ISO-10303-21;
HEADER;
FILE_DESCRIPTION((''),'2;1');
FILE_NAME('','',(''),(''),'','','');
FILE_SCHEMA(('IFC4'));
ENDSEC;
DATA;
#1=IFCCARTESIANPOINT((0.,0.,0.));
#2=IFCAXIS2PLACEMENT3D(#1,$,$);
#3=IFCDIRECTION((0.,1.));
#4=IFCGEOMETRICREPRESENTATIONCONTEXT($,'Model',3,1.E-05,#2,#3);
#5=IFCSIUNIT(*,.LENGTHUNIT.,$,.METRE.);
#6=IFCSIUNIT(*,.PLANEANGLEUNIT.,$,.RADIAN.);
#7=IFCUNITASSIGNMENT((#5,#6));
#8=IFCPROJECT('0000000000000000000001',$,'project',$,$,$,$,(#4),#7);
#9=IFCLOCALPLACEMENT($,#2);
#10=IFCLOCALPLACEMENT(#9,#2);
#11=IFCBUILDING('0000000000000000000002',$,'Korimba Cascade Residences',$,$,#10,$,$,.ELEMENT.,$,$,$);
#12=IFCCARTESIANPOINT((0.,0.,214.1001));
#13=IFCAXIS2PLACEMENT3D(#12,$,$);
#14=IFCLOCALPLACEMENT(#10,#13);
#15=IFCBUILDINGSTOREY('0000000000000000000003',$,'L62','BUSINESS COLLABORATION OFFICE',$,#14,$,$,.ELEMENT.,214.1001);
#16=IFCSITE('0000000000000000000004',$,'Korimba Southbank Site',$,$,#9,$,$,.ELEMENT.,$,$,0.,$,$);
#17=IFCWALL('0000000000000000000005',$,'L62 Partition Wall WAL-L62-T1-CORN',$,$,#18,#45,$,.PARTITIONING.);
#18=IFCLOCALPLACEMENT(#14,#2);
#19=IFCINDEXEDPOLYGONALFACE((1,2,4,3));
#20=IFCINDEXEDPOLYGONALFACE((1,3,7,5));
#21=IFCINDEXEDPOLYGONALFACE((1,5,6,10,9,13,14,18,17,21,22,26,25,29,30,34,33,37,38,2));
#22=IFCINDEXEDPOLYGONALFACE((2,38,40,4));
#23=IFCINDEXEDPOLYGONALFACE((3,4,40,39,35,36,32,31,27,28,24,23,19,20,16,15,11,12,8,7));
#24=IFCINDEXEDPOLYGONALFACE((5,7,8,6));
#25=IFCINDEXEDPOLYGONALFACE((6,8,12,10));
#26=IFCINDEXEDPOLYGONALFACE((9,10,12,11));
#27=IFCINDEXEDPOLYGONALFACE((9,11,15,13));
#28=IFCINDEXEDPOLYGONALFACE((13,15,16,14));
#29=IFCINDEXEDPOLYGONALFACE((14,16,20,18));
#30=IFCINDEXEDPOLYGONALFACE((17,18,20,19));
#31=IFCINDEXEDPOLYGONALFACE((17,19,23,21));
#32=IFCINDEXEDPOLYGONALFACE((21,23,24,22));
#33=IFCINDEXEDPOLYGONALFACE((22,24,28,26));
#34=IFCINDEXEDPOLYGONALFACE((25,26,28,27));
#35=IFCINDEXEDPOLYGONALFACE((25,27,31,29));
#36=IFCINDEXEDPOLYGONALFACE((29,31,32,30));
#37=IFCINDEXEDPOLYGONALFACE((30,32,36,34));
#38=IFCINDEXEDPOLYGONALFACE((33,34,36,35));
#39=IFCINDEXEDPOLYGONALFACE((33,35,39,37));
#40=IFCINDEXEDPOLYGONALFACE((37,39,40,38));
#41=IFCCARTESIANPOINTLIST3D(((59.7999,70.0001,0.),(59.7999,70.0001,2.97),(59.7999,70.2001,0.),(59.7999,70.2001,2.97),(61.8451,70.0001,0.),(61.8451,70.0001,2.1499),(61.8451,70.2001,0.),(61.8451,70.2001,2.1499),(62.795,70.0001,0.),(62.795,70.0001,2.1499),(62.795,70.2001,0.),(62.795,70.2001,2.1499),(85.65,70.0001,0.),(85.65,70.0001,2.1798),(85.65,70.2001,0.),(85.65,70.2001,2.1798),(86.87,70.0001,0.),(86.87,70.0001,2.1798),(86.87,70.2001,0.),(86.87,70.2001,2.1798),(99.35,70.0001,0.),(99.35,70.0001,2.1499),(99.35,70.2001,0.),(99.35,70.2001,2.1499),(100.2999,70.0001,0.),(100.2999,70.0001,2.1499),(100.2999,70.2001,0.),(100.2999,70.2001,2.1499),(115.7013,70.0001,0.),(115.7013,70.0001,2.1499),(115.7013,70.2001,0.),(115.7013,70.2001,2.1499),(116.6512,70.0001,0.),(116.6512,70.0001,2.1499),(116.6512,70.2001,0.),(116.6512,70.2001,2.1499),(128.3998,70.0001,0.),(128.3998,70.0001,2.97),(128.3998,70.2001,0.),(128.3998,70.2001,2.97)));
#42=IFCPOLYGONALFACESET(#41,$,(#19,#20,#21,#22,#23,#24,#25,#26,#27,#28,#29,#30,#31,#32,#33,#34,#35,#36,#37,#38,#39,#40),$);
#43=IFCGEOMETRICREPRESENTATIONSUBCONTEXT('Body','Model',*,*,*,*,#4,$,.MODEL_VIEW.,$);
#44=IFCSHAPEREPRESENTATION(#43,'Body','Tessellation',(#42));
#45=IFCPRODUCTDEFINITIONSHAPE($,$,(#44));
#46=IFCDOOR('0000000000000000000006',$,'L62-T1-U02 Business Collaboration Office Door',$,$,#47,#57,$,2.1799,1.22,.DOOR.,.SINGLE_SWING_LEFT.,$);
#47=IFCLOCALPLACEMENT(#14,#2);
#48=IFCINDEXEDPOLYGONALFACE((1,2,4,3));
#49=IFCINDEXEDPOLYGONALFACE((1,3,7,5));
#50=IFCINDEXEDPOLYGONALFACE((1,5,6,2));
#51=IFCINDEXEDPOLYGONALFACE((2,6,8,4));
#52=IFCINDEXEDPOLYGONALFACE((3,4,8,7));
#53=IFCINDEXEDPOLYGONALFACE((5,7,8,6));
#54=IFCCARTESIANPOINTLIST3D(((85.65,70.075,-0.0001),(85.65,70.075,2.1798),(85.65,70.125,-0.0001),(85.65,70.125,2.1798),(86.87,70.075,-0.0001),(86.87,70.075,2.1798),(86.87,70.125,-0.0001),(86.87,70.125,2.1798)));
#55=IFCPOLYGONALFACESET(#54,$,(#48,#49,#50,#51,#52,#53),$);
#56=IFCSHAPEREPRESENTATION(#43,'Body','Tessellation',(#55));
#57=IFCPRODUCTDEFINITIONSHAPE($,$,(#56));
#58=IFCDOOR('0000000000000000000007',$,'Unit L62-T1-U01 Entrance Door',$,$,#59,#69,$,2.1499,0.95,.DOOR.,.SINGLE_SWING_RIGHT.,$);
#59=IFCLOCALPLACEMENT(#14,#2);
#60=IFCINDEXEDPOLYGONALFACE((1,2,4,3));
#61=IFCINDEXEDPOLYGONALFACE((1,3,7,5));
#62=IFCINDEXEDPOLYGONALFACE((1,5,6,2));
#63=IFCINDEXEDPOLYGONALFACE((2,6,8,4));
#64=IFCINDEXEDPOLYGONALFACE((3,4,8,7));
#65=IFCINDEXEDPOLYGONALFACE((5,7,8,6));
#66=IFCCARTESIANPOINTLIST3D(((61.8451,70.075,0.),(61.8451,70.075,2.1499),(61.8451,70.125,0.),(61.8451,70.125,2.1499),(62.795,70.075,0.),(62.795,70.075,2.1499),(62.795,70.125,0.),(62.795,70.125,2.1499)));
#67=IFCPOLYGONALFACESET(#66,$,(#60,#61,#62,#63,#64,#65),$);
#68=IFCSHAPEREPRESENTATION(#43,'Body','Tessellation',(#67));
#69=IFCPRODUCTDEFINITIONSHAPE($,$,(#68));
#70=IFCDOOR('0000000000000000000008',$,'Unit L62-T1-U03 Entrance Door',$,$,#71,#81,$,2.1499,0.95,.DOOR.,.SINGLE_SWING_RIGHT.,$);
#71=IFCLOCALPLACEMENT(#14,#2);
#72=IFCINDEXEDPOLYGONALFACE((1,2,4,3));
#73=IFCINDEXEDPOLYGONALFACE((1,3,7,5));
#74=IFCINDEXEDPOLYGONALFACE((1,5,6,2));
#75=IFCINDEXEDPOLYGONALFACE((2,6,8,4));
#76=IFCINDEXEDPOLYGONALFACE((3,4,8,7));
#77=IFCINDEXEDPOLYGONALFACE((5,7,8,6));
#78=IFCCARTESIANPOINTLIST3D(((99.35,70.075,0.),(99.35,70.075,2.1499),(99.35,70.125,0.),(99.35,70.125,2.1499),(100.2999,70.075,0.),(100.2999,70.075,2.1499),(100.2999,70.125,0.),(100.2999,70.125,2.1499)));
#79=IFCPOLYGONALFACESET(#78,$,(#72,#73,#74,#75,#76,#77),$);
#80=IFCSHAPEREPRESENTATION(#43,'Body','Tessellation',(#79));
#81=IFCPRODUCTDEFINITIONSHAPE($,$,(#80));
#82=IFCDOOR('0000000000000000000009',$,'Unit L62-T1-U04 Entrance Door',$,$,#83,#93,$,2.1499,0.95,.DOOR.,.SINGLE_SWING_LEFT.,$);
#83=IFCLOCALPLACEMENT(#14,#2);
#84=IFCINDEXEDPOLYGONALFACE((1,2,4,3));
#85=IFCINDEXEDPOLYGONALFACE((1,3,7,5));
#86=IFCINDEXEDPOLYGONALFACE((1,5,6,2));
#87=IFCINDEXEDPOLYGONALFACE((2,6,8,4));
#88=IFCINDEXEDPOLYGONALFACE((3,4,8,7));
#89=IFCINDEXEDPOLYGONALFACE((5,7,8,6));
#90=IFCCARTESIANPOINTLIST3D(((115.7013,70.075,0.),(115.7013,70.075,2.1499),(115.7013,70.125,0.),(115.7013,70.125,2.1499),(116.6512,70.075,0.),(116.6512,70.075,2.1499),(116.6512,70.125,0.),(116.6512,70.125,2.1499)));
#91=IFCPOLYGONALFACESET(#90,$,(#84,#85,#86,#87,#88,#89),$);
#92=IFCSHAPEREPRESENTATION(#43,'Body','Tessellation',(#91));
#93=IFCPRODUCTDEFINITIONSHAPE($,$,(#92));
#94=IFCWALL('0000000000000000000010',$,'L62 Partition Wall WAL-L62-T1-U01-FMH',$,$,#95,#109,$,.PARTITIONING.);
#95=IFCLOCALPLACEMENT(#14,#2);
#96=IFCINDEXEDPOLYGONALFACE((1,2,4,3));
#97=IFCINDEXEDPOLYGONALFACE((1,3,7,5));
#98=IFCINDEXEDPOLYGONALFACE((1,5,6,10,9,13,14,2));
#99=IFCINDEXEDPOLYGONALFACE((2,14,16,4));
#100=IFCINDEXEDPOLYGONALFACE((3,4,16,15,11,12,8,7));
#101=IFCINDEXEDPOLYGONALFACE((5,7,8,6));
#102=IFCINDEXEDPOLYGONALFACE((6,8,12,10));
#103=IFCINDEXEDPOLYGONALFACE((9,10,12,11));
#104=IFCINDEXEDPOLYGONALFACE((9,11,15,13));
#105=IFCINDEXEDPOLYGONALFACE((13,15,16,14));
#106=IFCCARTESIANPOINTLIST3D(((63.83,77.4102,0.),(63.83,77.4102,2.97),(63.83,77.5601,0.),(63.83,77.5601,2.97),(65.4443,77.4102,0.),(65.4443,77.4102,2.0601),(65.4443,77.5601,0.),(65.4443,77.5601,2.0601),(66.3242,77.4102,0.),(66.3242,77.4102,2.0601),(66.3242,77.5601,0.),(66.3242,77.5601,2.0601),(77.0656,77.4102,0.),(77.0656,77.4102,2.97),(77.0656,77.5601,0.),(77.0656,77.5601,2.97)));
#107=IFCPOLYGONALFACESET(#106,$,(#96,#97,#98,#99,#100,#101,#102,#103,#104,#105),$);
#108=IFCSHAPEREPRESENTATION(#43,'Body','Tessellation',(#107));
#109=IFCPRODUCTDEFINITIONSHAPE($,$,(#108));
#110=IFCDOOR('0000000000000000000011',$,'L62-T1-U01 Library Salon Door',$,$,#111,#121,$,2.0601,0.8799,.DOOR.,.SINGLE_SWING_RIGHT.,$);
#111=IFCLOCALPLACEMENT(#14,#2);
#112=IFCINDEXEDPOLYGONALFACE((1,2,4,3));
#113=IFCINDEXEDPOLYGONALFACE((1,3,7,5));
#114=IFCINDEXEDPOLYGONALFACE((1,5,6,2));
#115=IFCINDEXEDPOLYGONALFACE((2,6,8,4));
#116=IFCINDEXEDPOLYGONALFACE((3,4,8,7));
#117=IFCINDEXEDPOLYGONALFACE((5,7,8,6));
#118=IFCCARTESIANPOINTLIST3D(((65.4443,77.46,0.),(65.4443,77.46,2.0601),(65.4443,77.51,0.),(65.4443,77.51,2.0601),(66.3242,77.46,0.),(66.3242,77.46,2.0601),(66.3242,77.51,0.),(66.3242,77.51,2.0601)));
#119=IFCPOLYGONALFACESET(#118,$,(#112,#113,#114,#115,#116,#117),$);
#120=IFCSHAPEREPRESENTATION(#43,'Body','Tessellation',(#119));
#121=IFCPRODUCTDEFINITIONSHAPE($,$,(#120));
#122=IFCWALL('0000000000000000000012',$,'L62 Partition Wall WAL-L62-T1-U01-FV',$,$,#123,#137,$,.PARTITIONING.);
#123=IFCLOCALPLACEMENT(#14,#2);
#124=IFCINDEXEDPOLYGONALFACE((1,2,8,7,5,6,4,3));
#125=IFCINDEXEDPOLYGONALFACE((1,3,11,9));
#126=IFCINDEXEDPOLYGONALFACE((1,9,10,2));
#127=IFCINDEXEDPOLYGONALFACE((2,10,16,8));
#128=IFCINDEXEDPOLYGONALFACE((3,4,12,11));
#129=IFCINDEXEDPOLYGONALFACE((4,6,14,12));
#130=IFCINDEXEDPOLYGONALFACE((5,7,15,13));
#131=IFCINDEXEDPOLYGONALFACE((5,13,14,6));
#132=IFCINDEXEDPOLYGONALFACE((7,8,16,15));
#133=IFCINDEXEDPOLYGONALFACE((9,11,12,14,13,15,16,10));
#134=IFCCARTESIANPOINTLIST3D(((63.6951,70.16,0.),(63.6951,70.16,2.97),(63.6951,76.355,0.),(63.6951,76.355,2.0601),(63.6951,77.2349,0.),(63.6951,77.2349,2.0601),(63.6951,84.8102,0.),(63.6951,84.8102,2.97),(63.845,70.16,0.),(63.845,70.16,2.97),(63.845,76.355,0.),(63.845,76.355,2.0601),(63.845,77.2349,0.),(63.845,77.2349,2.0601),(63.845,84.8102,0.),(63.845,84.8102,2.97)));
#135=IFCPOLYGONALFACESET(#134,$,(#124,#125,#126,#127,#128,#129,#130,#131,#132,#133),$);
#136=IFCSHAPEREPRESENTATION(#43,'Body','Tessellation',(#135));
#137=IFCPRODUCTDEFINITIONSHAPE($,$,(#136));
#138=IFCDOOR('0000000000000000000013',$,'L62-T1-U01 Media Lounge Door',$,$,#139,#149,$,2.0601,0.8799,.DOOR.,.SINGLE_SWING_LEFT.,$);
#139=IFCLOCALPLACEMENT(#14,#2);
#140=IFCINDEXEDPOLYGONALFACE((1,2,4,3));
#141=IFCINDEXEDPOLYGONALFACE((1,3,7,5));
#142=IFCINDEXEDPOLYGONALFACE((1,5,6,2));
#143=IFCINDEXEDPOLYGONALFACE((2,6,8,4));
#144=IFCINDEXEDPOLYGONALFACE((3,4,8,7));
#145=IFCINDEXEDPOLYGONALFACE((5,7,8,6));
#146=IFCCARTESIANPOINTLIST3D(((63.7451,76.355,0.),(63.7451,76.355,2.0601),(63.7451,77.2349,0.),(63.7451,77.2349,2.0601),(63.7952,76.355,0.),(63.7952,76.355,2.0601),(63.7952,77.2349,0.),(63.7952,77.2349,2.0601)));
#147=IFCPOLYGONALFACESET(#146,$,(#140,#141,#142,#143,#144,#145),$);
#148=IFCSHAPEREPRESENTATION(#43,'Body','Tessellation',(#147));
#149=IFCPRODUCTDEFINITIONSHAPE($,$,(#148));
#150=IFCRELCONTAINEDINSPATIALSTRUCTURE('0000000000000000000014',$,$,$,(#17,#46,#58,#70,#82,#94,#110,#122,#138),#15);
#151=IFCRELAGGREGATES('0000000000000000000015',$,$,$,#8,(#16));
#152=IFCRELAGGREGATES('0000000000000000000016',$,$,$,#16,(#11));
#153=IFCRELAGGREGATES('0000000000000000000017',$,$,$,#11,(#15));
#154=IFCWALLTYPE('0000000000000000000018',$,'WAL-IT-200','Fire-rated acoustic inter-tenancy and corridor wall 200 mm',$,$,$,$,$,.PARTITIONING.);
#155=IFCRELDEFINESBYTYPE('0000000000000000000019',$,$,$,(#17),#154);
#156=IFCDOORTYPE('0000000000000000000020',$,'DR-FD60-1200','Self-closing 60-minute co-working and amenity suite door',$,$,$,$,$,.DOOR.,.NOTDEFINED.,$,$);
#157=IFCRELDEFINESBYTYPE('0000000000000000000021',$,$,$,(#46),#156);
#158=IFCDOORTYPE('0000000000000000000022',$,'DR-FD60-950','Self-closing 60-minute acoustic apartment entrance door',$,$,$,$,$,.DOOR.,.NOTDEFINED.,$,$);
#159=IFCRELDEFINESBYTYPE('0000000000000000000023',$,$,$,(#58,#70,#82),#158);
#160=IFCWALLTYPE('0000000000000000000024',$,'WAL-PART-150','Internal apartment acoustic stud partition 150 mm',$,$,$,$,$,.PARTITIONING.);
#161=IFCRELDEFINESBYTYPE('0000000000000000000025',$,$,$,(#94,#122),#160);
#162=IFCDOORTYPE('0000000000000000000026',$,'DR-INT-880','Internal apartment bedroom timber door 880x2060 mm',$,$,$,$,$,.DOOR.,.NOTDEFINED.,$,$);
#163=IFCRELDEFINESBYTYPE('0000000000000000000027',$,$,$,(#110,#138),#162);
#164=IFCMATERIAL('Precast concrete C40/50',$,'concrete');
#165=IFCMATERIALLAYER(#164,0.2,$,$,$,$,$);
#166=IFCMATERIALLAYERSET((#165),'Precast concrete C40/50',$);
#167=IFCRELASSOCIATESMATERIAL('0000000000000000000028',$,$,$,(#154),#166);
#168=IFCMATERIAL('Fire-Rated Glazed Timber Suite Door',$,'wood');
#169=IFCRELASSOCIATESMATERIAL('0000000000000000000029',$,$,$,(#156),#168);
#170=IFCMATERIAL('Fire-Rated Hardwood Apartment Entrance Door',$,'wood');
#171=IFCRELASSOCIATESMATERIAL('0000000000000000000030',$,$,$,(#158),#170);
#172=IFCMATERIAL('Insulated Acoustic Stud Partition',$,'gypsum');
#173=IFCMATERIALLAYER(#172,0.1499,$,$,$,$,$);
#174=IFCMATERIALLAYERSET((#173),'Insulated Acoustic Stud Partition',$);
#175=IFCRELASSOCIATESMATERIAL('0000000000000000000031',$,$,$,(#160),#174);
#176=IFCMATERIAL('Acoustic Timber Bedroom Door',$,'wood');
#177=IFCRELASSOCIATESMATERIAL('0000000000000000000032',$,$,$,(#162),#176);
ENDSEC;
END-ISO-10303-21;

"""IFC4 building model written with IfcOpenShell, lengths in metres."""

from ifc_helpers import new_model, si_unit, direction, frame, frame_2d, origin, place, context, subcontext, project, spatial, rectangle, extrude, material, layer, layer_set, type_object, element, fill, save


model = new_model("IFC4")

# Units and contexts
model_context = context("Model", 3, precision=1e-05, world=origin(), true_north=direction((0.0, 1.0)))
body_context = subcontext(model_context, "Body", "Model", "MODEL_VIEW")
ifc_project = project(units=[si_unit("LENGTHUNIT", "METRE"), si_unit("PLANEANGLEUNIT", "RADIAN")], contexts=[model_context])

# Site, building, storey
site_placement = place(None, origin())
site = spatial("IfcSite", under=ifc_project, at=site_placement, Name="Korimba Southbank Site", CompositionType="ELEMENT", RefElevation=0.0)
building_placement = place(site_placement, origin())
building = spatial("IfcBuilding", under=site, at=building_placement, Name="Korimba Cascade Residences", CompositionType="ELEMENT")
storey_placement = place(building_placement, frame((0.0, 0.0, 214.1001)))
storey = spatial("IfcBuildingStorey", under=building, at=storey_placement, Name="L62", Description="BUSINESS COLLABORATION OFFICE", CompositionType="ELEMENT", Elevation=214.1001)

# Shared definitions
ifc_material_1 = material(Name="Precast concrete C40/50", Category="concrete")
ifc_layer_1 = layer(ifc_material_1, 0.2)
ifc_layer_set_1 = layer_set([ifc_layer_1], Name="Precast concrete C40/50")
wall_type_1 = type_object("IfcWallType", Name="WAL-IT-200", Description="Fire-rated acoustic inter-tenancy and corridor wall 200 mm", PredefinedType="PARTITIONING", material=ifc_layer_set_1)

# Wall, openings, doors
wall_1_placement = place(storey_placement, frame((59.8, 70.1001, 0.0), z_axis=(0.0, 0.0, 1.0), x_axis=(1.0, 0.0, 0.0)))
wall_1 = element("IfcWall", 1, at=wall_1_placement, inside=storey, type_object=wall_type_1, Name="L62 Partition Wall WAL-L62-T1-CORN", PredefinedType="PARTITIONING", context=body_context, shape_type="SweptSolid", body=[
    extrude(rectangle(XDim=68.5999, YDim=0.2, at=frame_2d((34.2998, 0.0))), origin(), (0.0, 0.0, 1.0), 2.97),
])
opening_1_placement = place(wall_1_placement, frame((2.0449, 0.0, 0.0)))
opening_1 = element("IfcOpeningElement", 2, at=opening_1_placement, cuts=wall_1, PredefinedType="OPENING", context=body_context, shape_type="SweptSolid", body=[
    extrude(rectangle(XDim=0.95, YDim=2.1499, at=frame_2d((0.4751, 1.075))), frame((0.0, 0.1099, 0.0), z_axis=(0.0, -1.0, 0.0), x_axis=(1.0, 0.0, 0.0)), (0.0, 0.0, 1.0), 0.22),
])
opening_2_placement = place(wall_1_placement, frame((25.8501, 0.0, 0.0)))
opening_2 = element("IfcOpeningElement", 3, at=opening_2_placement, cuts=wall_1, PredefinedType="OPENING", context=body_context, shape_type="SweptSolid", body=[
    extrude(rectangle(XDim=1.22, YDim=2.1799, at=frame_2d((0.6099, 1.0898))), frame((0.0, 0.1099, 0.0), z_axis=(0.0, -1.0, 0.0), x_axis=(1.0, 0.0, 0.0)), (0.0, 0.0, 1.0), 0.22),
])
opening_3_placement = place(wall_1_placement, frame((39.5498, 0.0, 0.0)))
opening_3 = element("IfcOpeningElement", 4, at=opening_3_placement, cuts=wall_1, PredefinedType="OPENING", context=body_context, shape_type="SweptSolid", body=[
    extrude(rectangle(XDim=0.95, YDim=2.1499, at=frame_2d((0.4751, 1.075))), frame((0.0, 0.1099, 0.0), z_axis=(0.0, -1.0, 0.0), x_axis=(1.0, 0.0, 0.0)), (0.0, 0.0, 1.0), 0.22),
])
opening_4_placement = place(wall_1_placement, frame((55.9011, 0.0, 0.0)))
opening_4 = element("IfcOpeningElement", 5, at=opening_4_placement, cuts=wall_1, PredefinedType="OPENING", context=body_context, shape_type="SweptSolid", body=[
    extrude(rectangle(XDim=0.95, YDim=2.1499, at=frame_2d((0.4751, 1.075))), frame((0.0, 0.1099, 0.0), z_axis=(0.0, -1.0, 0.0), x_axis=(1.0, 0.0, 0.0)), (0.0, 0.0, 1.0), 0.22),
])
ifc_material_2 = material(Name="Fire-Rated Glazed Timber Suite Door", Category="wood")
door_type_1 = type_object("IfcDoorType", Name="DR-FD60-1200", Description="Self-closing 60-minute co-working and amenity suite door", OperationType="NOTDEFINED", PredefinedType="DOOR", material=ifc_material_2)
door_1_placement = place(opening_2_placement, origin())
door_1 = element("IfcDoor", 6, at=door_1_placement, inside=storey, type_object=door_type_1, Name="L62-T1-U02 Business Collaboration Office Door", OperationType="SINGLE_SWING_LEFT", OverallHeight=2.1799, OverallWidth=1.22, PredefinedType="DOOR", context=body_context, shape_type="SweptSolid", body=[
    extrude(rectangle(XDim=1.22, YDim=2.1799, at=frame_2d((0.6099, 1.0898))), frame((0.0, 0.0249, 0.0), z_axis=(0.0, -1.0, 0.0), x_axis=(1.0, 0.0, 0.0)), (0.0, 0.0, 1.0), 0.05),
])
fill(opening_2, door_1)
ifc_material_3 = material(Name="Fire-Rated Hardwood Apartment Entrance Door", Category="wood")
door_type_2 = type_object("IfcDoorType", Name="DR-FD60-950", Description="Self-closing 60-minute acoustic apartment entrance door", OperationType="NOTDEFINED", PredefinedType="DOOR", material=ifc_material_3)
door_2_placement = place(opening_1_placement, origin())
door_2 = element("IfcDoor", 7, at=door_2_placement, inside=storey, type_object=door_type_2, Name="Unit L62-T1-U01 Entrance Door", OperationType="SINGLE_SWING_RIGHT", OverallHeight=2.1499, OverallWidth=0.95, PredefinedType="DOOR", context=body_context, shape_type="SweptSolid", body=[
    extrude(rectangle(XDim=0.95, YDim=2.1499, at=frame_2d((0.4751, 1.075))), frame((0.0, 0.0249, 0.0), z_axis=(0.0, -1.0, 0.0), x_axis=(1.0, 0.0, 0.0)), (0.0, 0.0, 1.0), 0.05),
])
fill(opening_1, door_2)
door_3_placement = place(opening_3_placement, origin())
door_3 = element("IfcDoor", 8, at=door_3_placement, inside=storey, type_object=door_type_2, Name="Unit L62-T1-U03 Entrance Door", OperationType="SINGLE_SWING_RIGHT", OverallHeight=2.1499, OverallWidth=0.95, PredefinedType="DOOR", context=body_context, shape_type="SweptSolid", body=[
    extrude(rectangle(XDim=0.95, YDim=2.1499, at=frame_2d((0.4751, 1.075))), frame((0.0, 0.0249, 0.0), z_axis=(0.0, -1.0, 0.0), x_axis=(1.0, 0.0, 0.0)), (0.0, 0.0, 1.0), 0.05),
])
fill(opening_3, door_3)
door_4_placement = place(opening_4_placement, origin())
door_4 = element("IfcDoor", 9, at=door_4_placement, inside=storey, type_object=door_type_2, Name="Unit L62-T1-U04 Entrance Door", OperationType="SINGLE_SWING_LEFT", OverallHeight=2.1499, OverallWidth=0.95, PredefinedType="DOOR", context=body_context, shape_type="SweptSolid", body=[
    extrude(rectangle(XDim=0.95, YDim=2.1499, at=frame_2d((0.4751, 1.075))), frame((0.0, 0.0249, 0.0), z_axis=(0.0, -1.0, 0.0), x_axis=(1.0, 0.0, 0.0)), (0.0, 0.0, 1.0), 0.05),
])
fill(opening_4, door_4)

# Walls, openings, doors
ifc_material_4 = material(Name="Insulated Acoustic Stud Partition", Category="gypsum")
ifc_layer_2 = layer(ifc_material_4, 0.1499)
ifc_layer_set_2 = layer_set([ifc_layer_2], Name="Insulated Acoustic Stud Partition")
wall_type_2 = type_object("IfcWallType", Name="WAL-PART-150", Description="Internal apartment acoustic stud partition 150 mm", PredefinedType="PARTITIONING", material=ifc_layer_set_2)
wall_2_placement = place(storey_placement, frame((63.8301, 77.4851, 0.0), z_axis=(0.0, 0.0, 1.0), x_axis=(1.0, 0.0, 0.0)))
wall_2 = element("IfcWall", 10, at=wall_2_placement, inside=storey, type_object=wall_type_2, Name="L62 Partition Wall WAL-L62-T1-U01-FMH", PredefinedType="PARTITIONING", context=body_context, shape_type="SweptSolid", body=[
    extrude(rectangle(XDim=13.2356, YDim=0.1499, at=frame_2d((6.6177, 0.0))), origin(), (0.0, 0.0, 1.0), 2.97),
])
opening_5_placement = place(wall_2_placement, frame((1.6143, 0.0, 0.0)))
opening_5 = element("IfcOpeningElement", 11, at=opening_5_placement, cuts=wall_2, PredefinedType="OPENING", context=body_context, shape_type="SweptSolid", body=[
    extrude(rectangle(XDim=0.8799, YDim=2.0601, at=frame_2d((0.4399, 1.03))), frame((0.0, 0.085, 0.0), z_axis=(0.0, -1.0, 0.0), x_axis=(1.0, 0.0, 0.0)), (0.0, 0.0, 1.0), 0.1699),
])
ifc_material_5 = material(Name="Acoustic Timber Bedroom Door", Category="wood")
door_type_3 = type_object("IfcDoorType", Name="DR-INT-880", Description="Internal apartment bedroom timber door 880x2060 mm", OperationType="NOTDEFINED", PredefinedType="DOOR", material=ifc_material_5)
door_5_placement = place(opening_5_placement, origin())
door_5 = element("IfcDoor", 12, at=door_5_placement, inside=storey, type_object=door_type_3, Name="L62-T1-U01 Library Salon Door", OperationType="SINGLE_SWING_RIGHT", OverallHeight=2.0601, OverallWidth=0.8799, PredefinedType="DOOR", context=body_context, shape_type="SweptSolid", body=[
    extrude(rectangle(XDim=0.8799, YDim=2.0601, at=frame_2d((0.4399, 1.03))), frame((0.0, 0.0249, 0.0), z_axis=(0.0, -1.0, 0.0), x_axis=(1.0, 0.0, 0.0)), (0.0, 0.0, 1.0), 0.05),
])
fill(opening_5, door_5)
wall_3_placement = place(storey_placement, frame((63.77, 70.1599, 0.0), z_axis=(0.0, 0.0, 1.0), x_axis=(0.0, 1.0, 0.0)))
wall_3 = element("IfcWall", 13, at=wall_3_placement, inside=storey, type_object=wall_type_2, Name="L62 Partition Wall WAL-L62-T1-U01-FV", PredefinedType="PARTITIONING", context=body_context, shape_type="SweptSolid", body=[
    extrude(rectangle(XDim=14.6501, YDim=0.1499, at=frame_2d((7.3252, 0.0))), origin(), (0.0, 0.0, 1.0), 2.97),
])
opening_6_placement = place(wall_3_placement, frame((6.1951, 0.0, 0.0)))
opening_6 = element("IfcOpeningElement", 14, at=opening_6_placement, cuts=wall_3, PredefinedType="OPENING", context=body_context, shape_type="SweptSolid", body=[
    extrude(rectangle(XDim=0.8799, YDim=2.0601, at=frame_2d((0.4399, 1.03))), frame((0.0, 0.085, 0.0), z_axis=(0.0, -1.0, 0.0), x_axis=(1.0, 0.0, 0.0)), (0.0, 0.0, 1.0), 0.1699),
])
door_6_placement = place(opening_6_placement, origin())
door_6 = element("IfcDoor", 15, at=door_6_placement, inside=storey, type_object=door_type_3, Name="L62-T1-U01 Media Lounge Door", OperationType="SINGLE_SWING_LEFT", OverallHeight=2.0601, OverallWidth=0.8799, PredefinedType="DOOR", context=body_context, shape_type="SweptSolid", body=[
    extrude(rectangle(XDim=0.8799, YDim=2.0601, at=frame_2d((0.4399, 1.03))), frame((0.0, 0.0249, 0.0), z_axis=(0.0, -1.0, 0.0), x_axis=(1.0, 0.0, 0.0)), (0.0, 0.0, 1.0), 0.05),
])
fill(opening_6, door_6)

save(model, "model.ifc")
